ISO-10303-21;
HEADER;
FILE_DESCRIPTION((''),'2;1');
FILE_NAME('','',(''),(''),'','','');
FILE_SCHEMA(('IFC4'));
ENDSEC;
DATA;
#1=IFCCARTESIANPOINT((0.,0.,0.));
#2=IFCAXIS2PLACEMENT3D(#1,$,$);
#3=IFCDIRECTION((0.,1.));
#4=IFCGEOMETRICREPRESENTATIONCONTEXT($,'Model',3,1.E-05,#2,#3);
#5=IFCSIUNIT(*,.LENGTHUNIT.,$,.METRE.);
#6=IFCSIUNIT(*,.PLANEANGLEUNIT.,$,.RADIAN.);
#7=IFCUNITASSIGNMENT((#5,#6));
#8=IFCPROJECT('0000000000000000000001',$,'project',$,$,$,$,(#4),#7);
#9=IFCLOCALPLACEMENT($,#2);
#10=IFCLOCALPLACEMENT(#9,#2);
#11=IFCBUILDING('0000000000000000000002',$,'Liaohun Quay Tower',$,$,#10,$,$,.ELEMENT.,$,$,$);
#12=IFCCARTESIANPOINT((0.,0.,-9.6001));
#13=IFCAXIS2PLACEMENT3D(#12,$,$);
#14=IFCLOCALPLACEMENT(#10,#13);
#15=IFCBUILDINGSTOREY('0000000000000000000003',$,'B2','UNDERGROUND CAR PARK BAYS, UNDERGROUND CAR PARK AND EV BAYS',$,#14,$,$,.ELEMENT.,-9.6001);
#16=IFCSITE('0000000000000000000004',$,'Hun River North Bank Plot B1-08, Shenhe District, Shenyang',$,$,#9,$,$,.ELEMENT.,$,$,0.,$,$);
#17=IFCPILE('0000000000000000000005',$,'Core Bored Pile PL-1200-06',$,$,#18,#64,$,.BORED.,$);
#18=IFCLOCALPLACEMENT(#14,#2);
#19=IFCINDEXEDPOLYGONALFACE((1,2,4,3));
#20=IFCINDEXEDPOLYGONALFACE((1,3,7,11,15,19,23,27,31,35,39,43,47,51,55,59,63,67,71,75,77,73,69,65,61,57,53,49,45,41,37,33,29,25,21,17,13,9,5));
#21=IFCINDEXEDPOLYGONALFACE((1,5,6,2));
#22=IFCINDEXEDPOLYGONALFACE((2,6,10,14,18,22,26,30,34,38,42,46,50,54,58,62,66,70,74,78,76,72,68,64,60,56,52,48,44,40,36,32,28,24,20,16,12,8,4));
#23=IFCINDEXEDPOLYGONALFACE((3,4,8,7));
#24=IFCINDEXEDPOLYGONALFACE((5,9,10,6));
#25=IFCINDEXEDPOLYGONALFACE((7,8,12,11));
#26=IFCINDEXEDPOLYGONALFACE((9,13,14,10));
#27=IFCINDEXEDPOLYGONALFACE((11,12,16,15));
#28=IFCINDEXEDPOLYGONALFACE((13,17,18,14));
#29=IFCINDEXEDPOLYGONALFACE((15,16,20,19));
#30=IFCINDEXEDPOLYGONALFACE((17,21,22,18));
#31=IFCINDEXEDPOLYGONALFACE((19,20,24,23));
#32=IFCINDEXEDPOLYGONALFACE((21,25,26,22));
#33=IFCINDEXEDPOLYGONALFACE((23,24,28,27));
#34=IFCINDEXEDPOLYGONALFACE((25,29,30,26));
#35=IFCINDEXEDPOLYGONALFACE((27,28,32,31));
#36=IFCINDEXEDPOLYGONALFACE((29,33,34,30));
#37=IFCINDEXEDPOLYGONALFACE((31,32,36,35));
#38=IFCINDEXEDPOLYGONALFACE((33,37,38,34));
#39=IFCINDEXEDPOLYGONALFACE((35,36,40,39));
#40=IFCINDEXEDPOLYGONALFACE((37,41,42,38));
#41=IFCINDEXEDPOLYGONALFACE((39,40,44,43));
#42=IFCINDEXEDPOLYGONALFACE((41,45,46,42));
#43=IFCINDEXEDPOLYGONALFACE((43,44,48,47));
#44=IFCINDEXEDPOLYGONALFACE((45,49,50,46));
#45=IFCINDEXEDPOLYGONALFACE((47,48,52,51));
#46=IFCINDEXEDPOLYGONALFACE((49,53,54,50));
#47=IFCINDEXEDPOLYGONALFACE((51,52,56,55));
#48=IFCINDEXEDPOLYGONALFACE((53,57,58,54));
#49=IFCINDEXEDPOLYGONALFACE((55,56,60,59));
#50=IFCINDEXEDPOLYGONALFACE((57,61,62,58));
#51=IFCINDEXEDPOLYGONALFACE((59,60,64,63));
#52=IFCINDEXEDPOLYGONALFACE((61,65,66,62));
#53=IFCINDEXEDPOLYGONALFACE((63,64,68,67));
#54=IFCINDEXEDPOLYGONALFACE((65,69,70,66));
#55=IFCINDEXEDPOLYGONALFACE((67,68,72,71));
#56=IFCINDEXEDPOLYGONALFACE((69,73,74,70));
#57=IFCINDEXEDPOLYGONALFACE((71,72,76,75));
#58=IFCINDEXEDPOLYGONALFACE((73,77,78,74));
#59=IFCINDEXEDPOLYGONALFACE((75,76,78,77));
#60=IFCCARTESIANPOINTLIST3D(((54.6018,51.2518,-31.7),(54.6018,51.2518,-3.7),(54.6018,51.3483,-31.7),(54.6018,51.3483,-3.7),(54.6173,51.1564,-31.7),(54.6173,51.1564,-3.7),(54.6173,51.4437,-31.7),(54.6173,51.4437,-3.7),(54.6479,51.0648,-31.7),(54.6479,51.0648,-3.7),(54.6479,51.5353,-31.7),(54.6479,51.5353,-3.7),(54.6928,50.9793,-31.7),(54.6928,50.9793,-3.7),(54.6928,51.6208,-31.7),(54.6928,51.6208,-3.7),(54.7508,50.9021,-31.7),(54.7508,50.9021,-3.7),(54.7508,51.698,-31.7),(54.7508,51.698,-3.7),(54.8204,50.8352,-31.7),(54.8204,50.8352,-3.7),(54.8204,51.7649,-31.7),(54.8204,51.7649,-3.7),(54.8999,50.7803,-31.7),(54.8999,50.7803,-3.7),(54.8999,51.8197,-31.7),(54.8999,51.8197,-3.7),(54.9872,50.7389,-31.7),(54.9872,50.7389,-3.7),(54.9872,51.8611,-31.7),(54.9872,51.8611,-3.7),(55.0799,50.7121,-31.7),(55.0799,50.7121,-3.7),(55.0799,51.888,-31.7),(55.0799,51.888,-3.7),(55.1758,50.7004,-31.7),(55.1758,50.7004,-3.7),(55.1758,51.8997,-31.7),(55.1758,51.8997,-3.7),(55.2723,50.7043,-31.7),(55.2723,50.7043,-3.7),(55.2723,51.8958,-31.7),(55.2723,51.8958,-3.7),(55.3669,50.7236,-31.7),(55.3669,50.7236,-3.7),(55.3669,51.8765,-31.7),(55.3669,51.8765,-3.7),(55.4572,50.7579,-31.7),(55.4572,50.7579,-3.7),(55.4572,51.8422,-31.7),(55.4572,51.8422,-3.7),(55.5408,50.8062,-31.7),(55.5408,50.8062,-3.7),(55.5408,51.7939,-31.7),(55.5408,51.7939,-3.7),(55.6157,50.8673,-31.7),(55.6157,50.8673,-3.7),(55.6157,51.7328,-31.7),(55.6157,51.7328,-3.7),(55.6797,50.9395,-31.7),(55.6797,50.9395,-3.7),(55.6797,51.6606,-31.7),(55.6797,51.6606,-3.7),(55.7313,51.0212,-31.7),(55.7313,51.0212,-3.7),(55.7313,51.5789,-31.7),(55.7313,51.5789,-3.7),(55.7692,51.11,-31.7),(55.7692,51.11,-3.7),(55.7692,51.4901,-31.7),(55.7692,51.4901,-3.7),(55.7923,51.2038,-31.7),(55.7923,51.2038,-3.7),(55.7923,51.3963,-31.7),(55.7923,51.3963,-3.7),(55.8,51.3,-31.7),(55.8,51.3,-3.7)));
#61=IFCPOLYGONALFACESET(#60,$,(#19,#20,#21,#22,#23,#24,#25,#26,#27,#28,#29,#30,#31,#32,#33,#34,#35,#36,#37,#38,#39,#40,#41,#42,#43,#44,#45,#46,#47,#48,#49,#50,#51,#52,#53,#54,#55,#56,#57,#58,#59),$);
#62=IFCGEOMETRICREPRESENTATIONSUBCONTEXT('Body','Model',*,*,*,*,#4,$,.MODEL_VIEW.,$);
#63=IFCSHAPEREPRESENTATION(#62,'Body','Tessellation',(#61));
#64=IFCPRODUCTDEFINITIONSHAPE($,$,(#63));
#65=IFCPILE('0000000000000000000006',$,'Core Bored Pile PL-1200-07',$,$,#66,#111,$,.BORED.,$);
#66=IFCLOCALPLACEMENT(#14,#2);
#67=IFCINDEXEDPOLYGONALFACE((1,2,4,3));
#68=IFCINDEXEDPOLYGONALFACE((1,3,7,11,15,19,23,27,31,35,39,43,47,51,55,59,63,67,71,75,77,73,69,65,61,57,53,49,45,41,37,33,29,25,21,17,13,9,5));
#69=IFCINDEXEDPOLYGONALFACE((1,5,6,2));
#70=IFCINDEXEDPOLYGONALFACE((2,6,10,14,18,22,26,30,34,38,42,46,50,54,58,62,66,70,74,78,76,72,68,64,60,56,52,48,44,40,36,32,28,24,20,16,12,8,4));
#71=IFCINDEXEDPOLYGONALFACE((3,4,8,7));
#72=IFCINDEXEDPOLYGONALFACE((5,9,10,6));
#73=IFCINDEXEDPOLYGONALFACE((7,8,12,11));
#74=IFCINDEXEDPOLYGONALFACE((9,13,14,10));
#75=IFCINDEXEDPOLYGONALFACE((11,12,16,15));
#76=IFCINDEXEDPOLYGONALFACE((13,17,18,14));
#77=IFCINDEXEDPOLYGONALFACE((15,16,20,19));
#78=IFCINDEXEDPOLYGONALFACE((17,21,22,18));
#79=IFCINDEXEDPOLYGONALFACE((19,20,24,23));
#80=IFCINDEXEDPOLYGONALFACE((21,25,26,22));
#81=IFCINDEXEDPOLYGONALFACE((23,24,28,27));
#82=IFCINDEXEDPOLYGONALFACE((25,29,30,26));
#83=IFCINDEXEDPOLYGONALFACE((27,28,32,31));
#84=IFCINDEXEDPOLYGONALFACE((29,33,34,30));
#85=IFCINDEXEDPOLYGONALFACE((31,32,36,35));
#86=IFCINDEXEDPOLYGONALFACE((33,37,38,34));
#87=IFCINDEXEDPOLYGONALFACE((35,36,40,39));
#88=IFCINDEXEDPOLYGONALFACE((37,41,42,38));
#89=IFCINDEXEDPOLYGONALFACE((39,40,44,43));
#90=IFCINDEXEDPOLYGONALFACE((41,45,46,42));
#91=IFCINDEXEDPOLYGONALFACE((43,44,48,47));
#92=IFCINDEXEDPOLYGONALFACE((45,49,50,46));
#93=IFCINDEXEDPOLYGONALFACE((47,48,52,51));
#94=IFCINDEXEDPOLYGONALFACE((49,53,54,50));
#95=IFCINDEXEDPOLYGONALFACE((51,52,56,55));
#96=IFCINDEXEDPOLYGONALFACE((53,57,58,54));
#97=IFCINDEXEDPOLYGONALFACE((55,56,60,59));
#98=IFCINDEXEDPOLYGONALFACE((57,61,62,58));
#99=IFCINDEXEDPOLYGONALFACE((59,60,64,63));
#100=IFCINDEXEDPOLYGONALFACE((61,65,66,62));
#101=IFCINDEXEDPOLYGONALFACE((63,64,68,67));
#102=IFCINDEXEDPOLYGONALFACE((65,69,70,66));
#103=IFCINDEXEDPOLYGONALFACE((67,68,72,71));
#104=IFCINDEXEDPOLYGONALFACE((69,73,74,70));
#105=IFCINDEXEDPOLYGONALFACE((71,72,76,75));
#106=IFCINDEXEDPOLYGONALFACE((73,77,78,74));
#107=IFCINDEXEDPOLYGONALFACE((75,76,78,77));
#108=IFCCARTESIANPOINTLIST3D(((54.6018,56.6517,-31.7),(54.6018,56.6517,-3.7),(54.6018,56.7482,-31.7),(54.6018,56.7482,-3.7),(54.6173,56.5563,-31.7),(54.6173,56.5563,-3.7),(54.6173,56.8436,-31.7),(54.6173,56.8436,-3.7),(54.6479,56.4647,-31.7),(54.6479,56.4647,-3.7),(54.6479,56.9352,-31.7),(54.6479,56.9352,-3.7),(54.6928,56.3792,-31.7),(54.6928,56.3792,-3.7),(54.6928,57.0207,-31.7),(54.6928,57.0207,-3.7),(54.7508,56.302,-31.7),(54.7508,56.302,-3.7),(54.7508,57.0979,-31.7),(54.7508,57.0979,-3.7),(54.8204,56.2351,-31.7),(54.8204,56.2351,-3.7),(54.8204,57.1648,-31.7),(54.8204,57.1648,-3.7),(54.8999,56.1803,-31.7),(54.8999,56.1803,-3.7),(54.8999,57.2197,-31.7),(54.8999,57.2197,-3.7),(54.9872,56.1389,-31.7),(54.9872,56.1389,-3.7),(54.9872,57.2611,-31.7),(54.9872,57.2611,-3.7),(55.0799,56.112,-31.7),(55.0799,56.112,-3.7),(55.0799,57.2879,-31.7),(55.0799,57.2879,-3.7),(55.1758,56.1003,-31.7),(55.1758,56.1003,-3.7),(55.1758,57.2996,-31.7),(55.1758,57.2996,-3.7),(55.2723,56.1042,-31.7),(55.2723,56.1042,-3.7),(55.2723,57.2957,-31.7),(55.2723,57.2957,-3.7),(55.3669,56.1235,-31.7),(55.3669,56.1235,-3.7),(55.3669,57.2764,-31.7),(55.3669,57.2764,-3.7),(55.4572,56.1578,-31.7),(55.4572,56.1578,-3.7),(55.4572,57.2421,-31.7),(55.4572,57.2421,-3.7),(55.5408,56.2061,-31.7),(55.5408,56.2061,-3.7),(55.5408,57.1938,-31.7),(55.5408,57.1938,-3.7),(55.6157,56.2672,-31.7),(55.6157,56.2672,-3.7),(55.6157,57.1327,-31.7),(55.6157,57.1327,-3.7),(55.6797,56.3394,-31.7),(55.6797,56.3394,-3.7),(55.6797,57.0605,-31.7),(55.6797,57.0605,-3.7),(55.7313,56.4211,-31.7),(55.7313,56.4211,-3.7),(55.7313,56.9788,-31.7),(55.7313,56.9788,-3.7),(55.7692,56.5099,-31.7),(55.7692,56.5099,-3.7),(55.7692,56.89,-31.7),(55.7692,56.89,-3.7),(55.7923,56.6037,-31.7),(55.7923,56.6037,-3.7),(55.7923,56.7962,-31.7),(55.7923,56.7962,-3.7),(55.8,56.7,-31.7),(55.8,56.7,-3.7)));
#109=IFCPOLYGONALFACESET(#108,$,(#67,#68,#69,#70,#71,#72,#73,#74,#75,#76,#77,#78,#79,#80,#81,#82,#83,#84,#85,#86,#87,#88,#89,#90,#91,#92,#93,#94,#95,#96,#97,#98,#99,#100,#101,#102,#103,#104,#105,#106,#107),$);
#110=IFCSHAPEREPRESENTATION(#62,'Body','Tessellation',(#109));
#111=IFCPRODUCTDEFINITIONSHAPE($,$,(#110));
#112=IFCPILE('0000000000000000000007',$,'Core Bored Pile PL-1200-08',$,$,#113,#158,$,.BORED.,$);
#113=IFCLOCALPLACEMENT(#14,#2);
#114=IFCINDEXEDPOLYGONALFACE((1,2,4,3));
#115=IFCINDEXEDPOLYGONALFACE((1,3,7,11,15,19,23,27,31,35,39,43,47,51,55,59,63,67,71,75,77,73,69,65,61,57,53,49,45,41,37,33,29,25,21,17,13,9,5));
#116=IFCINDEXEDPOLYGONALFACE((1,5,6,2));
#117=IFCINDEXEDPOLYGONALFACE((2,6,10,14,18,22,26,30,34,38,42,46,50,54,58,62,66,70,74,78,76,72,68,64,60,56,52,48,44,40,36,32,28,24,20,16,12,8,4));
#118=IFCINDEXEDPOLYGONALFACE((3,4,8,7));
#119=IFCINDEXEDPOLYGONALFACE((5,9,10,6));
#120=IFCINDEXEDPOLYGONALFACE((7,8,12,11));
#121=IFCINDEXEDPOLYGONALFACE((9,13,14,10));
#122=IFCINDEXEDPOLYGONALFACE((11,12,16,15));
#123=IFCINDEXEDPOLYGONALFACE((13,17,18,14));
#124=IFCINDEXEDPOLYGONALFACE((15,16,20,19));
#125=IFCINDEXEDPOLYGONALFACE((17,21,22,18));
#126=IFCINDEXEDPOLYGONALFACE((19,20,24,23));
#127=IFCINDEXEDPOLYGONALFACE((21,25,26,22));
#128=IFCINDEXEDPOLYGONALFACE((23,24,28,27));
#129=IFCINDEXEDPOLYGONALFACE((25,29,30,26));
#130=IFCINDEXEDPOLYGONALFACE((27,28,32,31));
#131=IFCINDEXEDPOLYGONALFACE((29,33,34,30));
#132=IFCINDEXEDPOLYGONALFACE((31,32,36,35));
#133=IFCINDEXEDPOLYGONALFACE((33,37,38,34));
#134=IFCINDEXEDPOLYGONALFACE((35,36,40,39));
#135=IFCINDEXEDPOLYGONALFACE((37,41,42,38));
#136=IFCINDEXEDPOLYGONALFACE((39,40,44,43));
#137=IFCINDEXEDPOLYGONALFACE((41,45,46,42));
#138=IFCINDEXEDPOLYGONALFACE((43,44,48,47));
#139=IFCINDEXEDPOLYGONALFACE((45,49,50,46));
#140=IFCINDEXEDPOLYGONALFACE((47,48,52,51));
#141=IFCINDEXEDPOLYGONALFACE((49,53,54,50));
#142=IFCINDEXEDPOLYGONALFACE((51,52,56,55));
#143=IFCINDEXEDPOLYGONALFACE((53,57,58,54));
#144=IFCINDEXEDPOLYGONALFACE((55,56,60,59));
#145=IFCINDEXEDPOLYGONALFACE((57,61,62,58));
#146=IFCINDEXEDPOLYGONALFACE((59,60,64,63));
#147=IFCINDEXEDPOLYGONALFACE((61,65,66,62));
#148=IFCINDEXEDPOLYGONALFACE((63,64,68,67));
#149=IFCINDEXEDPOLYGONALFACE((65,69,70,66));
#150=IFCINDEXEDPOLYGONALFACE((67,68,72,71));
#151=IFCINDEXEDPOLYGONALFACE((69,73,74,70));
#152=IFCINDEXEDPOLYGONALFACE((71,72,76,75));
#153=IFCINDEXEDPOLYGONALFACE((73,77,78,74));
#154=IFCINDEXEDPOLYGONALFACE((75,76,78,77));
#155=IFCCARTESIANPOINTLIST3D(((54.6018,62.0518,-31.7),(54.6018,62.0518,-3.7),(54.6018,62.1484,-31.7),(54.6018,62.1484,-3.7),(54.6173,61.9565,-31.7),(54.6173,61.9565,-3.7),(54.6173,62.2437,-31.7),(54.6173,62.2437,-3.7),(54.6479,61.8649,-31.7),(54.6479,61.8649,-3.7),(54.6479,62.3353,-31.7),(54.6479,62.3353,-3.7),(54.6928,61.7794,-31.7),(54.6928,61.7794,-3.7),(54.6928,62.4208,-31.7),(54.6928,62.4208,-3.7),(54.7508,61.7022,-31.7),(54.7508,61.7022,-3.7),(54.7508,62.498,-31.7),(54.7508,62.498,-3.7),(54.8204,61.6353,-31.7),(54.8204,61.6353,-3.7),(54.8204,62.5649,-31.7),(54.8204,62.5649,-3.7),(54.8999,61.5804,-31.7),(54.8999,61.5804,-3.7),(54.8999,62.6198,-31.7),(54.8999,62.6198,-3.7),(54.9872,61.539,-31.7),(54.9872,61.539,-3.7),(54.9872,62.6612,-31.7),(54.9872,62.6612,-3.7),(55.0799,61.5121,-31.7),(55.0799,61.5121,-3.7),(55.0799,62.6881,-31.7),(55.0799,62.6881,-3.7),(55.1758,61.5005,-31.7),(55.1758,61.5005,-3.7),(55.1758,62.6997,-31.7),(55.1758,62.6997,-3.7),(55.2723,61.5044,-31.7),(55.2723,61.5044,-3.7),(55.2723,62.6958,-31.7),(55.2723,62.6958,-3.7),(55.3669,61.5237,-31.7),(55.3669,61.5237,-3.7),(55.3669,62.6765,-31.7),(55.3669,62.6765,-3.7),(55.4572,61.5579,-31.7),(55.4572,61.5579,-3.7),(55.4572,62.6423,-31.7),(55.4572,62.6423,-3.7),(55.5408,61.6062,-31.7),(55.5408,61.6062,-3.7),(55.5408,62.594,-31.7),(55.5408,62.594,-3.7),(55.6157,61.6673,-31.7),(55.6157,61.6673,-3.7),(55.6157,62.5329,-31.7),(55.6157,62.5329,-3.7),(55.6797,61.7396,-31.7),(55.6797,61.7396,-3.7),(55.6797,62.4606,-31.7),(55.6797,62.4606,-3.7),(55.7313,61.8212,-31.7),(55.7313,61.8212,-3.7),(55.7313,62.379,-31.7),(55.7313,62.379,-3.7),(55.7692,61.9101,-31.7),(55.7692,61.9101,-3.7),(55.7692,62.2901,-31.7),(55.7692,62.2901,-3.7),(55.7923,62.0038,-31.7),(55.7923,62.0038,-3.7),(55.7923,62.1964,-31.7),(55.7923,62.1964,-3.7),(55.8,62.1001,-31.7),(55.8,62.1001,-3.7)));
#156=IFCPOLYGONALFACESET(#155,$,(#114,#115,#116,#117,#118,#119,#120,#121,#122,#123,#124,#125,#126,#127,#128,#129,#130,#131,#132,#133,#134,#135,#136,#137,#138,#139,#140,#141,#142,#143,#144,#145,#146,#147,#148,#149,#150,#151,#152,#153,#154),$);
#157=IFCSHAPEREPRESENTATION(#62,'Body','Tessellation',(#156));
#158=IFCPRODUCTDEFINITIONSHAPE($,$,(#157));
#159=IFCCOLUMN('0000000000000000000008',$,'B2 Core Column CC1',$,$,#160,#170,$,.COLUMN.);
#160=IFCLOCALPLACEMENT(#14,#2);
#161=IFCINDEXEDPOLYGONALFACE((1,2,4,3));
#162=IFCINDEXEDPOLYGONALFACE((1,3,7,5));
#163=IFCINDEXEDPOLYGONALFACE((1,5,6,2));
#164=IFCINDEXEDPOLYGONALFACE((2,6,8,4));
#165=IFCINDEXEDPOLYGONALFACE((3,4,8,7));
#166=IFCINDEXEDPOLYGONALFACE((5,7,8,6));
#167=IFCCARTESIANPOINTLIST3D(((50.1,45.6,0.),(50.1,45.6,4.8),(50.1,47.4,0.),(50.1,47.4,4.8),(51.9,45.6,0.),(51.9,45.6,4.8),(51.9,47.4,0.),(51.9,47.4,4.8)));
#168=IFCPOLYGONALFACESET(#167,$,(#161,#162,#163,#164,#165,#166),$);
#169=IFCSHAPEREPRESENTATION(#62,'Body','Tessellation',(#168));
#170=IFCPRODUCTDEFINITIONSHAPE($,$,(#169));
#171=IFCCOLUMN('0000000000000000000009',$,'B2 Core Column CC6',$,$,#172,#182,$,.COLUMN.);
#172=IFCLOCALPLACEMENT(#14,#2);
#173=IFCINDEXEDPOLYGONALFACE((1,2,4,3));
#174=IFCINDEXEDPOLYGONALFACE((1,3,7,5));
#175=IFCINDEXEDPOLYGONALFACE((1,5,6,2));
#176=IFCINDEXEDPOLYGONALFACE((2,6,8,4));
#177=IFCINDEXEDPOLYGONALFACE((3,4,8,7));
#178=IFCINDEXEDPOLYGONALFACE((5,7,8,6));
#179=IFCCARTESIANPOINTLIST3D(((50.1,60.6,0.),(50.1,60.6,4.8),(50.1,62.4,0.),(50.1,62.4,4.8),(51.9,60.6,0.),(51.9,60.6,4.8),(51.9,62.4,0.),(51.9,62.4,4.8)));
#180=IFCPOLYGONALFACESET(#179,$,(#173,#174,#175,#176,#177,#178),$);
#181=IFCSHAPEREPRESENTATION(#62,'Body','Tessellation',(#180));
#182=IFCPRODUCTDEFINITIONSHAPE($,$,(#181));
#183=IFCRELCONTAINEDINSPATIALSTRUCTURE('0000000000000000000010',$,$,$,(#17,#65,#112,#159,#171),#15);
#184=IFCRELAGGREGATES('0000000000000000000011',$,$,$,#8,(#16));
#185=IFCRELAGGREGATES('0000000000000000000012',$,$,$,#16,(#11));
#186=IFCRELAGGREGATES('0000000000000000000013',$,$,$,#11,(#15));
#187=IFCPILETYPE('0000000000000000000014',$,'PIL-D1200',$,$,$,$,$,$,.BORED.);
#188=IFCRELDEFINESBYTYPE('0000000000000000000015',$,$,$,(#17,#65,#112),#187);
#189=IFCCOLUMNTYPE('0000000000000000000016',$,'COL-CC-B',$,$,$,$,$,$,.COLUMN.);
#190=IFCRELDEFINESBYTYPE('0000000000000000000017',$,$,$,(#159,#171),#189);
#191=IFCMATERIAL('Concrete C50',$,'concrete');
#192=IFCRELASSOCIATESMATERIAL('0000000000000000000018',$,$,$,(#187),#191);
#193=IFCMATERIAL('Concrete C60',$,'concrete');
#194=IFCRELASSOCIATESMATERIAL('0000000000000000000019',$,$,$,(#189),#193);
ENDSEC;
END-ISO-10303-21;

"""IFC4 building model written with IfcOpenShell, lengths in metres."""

from ifc_helpers import new_model, si_unit, direction, frame, origin, origin_2d, place, context, subcontext, project, spatial, rectangle, circle, extrude, source, transform, mapped, material, material_profile, profile_set, type_object, element, save


model = new_model("IFC4")

# Units and contexts
model_context = context("Model", 3, precision=1e-05, world=origin(), true_north=direction((0.0, 1.0)))
body_context = subcontext(model_context, "Body", "Model", "MODEL_VIEW")
ifc_project = project(units=[si_unit("LENGTHUNIT", "METRE"), si_unit("PLANEANGLEUNIT", "RADIAN")], contexts=[model_context])

# Site, building, storey
site_placement = place(None, origin())
site = spatial("IfcSite", under=ifc_project, at=site_placement, Name="Hun River North Bank Plot B1-08, Shenhe District, Shenyang", CompositionType="ELEMENT", RefElevation=0.0)
building_placement = place(site_placement, origin())
building = spatial("IfcBuilding", under=site, at=building_placement, Name="Liaohun Quay Tower", CompositionType="ELEMENT")
storey_placement = place(building_placement, frame((0.0, 0.0, -9.6001)))
storey = spatial("IfcBuildingStorey", under=building, at=storey_placement, Name="B2", Description="UNDERGROUND CAR PARK BAYS, UNDERGROUND CAR PARK AND EV BAYS", CompositionType="ELEMENT", Elevation=-9.6001)

# Piles
ifc_material_1 = material(Name="Concrete C50", Category="concrete")
ifc_material_profile_1 = material_profile(ifc_material_1, circle(Radius=0.6001, at=origin_2d()), Name="PILE-D1200")
ifc_profile_set_1 = profile_set([ifc_material_profile_1], Name="Concrete C50")
pile_type = type_object("IfcPileType", Name="PIL-D1200", PredefinedType="BORED", material=ifc_profile_set_1)
shared_shape_1 = source(origin(), body_context, "Body", "SweptSolid", [
    extrude(circle(Radius=0.6001, at=origin_2d()), origin(), (0.0, 0.0, 1.0), 28.0),
])
for number, where, z_axis, x_axis, name in (
    (1, (55.2, 51.3, -3.7), (0.0, 0.0, -1.0), (1.0, 0.0, 0.0), "Core Bored Pile PL-1200-06"),
    (2, (55.2, 56.7, -3.7), (0.0, 0.0, -1.0), (1.0, 0.0, 0.0), "Core Bored Pile PL-1200-07"),
    (3, (55.2, 62.1001, -3.7), (0.0, 0.0, -1.0), (1.0, 0.0, 0.0), "Core Bored Pile PL-1200-08"),
):
    element("IfcPile", number, at=place(storey_placement, frame(where, z_axis=z_axis, x_axis=x_axis)), inside=storey, type_object=pile_type, Name=name, PredefinedType="BORED", context=body_context, shape_type="MappedRepresentation", body=[
        mapped(shared_shape_1, transform((0.0, 0.0, 0.0), x_axis=(1.0, 0.0, 0.0), y_axis=(0.0, 1.0, 0.0), z_axis=(0.0, 0.0, 1.0), scale=1.0)),
    ])

# Columns
ifc_material_2 = material(Name="Concrete C60", Category="concrete")
ifc_material_profile_2 = material_profile(ifc_material_2, rectangle(XDim=1.8, YDim=1.8, at=origin_2d()), Name="RC1800x1800")
ifc_profile_set_2 = profile_set([ifc_material_profile_2], Name="Concrete C60")
column_type_1 = type_object("IfcColumnType", Name="COL-CC-B", PredefinedType="COLUMN", material=ifc_profile_set_2)
shared_shape_2 = source(origin(), body_context, "Body", "SweptSolid", [
    extrude(rectangle(XDim=1.8, YDim=1.8, at=origin_2d()), origin(), (0.0, 0.0, 1.0), 4.8),
])
for number, where, z_axis, x_axis, name in (
    (4, (51.0, 46.5, 0.0), (0.0, 0.0, 1.0), (1.0, 0.0, 0.0), "B2 Core Column CC1"),
    (5, (51.0, 61.5, 0.0), (0.0, 0.0, 1.0), (1.0, 0.0, 0.0), "B2 Core Column CC6"),
):
    element("IfcColumn", number, at=place(storey_placement, frame(where, z_axis=z_axis, x_axis=x_axis)), inside=storey, type_object=column_type_1, Name=name, PredefinedType="COLUMN", context=body_context, shape_type="MappedRepresentation", body=[
        mapped(shared_shape_2, transform((0.0, 0.0, 0.0), x_axis=(1.0, 0.0, 0.0), y_axis=(0.0, 1.0, 0.0), z_axis=(0.0, 0.0, 1.0), scale=1.0)),
    ])

save(model, "model.ifc")
